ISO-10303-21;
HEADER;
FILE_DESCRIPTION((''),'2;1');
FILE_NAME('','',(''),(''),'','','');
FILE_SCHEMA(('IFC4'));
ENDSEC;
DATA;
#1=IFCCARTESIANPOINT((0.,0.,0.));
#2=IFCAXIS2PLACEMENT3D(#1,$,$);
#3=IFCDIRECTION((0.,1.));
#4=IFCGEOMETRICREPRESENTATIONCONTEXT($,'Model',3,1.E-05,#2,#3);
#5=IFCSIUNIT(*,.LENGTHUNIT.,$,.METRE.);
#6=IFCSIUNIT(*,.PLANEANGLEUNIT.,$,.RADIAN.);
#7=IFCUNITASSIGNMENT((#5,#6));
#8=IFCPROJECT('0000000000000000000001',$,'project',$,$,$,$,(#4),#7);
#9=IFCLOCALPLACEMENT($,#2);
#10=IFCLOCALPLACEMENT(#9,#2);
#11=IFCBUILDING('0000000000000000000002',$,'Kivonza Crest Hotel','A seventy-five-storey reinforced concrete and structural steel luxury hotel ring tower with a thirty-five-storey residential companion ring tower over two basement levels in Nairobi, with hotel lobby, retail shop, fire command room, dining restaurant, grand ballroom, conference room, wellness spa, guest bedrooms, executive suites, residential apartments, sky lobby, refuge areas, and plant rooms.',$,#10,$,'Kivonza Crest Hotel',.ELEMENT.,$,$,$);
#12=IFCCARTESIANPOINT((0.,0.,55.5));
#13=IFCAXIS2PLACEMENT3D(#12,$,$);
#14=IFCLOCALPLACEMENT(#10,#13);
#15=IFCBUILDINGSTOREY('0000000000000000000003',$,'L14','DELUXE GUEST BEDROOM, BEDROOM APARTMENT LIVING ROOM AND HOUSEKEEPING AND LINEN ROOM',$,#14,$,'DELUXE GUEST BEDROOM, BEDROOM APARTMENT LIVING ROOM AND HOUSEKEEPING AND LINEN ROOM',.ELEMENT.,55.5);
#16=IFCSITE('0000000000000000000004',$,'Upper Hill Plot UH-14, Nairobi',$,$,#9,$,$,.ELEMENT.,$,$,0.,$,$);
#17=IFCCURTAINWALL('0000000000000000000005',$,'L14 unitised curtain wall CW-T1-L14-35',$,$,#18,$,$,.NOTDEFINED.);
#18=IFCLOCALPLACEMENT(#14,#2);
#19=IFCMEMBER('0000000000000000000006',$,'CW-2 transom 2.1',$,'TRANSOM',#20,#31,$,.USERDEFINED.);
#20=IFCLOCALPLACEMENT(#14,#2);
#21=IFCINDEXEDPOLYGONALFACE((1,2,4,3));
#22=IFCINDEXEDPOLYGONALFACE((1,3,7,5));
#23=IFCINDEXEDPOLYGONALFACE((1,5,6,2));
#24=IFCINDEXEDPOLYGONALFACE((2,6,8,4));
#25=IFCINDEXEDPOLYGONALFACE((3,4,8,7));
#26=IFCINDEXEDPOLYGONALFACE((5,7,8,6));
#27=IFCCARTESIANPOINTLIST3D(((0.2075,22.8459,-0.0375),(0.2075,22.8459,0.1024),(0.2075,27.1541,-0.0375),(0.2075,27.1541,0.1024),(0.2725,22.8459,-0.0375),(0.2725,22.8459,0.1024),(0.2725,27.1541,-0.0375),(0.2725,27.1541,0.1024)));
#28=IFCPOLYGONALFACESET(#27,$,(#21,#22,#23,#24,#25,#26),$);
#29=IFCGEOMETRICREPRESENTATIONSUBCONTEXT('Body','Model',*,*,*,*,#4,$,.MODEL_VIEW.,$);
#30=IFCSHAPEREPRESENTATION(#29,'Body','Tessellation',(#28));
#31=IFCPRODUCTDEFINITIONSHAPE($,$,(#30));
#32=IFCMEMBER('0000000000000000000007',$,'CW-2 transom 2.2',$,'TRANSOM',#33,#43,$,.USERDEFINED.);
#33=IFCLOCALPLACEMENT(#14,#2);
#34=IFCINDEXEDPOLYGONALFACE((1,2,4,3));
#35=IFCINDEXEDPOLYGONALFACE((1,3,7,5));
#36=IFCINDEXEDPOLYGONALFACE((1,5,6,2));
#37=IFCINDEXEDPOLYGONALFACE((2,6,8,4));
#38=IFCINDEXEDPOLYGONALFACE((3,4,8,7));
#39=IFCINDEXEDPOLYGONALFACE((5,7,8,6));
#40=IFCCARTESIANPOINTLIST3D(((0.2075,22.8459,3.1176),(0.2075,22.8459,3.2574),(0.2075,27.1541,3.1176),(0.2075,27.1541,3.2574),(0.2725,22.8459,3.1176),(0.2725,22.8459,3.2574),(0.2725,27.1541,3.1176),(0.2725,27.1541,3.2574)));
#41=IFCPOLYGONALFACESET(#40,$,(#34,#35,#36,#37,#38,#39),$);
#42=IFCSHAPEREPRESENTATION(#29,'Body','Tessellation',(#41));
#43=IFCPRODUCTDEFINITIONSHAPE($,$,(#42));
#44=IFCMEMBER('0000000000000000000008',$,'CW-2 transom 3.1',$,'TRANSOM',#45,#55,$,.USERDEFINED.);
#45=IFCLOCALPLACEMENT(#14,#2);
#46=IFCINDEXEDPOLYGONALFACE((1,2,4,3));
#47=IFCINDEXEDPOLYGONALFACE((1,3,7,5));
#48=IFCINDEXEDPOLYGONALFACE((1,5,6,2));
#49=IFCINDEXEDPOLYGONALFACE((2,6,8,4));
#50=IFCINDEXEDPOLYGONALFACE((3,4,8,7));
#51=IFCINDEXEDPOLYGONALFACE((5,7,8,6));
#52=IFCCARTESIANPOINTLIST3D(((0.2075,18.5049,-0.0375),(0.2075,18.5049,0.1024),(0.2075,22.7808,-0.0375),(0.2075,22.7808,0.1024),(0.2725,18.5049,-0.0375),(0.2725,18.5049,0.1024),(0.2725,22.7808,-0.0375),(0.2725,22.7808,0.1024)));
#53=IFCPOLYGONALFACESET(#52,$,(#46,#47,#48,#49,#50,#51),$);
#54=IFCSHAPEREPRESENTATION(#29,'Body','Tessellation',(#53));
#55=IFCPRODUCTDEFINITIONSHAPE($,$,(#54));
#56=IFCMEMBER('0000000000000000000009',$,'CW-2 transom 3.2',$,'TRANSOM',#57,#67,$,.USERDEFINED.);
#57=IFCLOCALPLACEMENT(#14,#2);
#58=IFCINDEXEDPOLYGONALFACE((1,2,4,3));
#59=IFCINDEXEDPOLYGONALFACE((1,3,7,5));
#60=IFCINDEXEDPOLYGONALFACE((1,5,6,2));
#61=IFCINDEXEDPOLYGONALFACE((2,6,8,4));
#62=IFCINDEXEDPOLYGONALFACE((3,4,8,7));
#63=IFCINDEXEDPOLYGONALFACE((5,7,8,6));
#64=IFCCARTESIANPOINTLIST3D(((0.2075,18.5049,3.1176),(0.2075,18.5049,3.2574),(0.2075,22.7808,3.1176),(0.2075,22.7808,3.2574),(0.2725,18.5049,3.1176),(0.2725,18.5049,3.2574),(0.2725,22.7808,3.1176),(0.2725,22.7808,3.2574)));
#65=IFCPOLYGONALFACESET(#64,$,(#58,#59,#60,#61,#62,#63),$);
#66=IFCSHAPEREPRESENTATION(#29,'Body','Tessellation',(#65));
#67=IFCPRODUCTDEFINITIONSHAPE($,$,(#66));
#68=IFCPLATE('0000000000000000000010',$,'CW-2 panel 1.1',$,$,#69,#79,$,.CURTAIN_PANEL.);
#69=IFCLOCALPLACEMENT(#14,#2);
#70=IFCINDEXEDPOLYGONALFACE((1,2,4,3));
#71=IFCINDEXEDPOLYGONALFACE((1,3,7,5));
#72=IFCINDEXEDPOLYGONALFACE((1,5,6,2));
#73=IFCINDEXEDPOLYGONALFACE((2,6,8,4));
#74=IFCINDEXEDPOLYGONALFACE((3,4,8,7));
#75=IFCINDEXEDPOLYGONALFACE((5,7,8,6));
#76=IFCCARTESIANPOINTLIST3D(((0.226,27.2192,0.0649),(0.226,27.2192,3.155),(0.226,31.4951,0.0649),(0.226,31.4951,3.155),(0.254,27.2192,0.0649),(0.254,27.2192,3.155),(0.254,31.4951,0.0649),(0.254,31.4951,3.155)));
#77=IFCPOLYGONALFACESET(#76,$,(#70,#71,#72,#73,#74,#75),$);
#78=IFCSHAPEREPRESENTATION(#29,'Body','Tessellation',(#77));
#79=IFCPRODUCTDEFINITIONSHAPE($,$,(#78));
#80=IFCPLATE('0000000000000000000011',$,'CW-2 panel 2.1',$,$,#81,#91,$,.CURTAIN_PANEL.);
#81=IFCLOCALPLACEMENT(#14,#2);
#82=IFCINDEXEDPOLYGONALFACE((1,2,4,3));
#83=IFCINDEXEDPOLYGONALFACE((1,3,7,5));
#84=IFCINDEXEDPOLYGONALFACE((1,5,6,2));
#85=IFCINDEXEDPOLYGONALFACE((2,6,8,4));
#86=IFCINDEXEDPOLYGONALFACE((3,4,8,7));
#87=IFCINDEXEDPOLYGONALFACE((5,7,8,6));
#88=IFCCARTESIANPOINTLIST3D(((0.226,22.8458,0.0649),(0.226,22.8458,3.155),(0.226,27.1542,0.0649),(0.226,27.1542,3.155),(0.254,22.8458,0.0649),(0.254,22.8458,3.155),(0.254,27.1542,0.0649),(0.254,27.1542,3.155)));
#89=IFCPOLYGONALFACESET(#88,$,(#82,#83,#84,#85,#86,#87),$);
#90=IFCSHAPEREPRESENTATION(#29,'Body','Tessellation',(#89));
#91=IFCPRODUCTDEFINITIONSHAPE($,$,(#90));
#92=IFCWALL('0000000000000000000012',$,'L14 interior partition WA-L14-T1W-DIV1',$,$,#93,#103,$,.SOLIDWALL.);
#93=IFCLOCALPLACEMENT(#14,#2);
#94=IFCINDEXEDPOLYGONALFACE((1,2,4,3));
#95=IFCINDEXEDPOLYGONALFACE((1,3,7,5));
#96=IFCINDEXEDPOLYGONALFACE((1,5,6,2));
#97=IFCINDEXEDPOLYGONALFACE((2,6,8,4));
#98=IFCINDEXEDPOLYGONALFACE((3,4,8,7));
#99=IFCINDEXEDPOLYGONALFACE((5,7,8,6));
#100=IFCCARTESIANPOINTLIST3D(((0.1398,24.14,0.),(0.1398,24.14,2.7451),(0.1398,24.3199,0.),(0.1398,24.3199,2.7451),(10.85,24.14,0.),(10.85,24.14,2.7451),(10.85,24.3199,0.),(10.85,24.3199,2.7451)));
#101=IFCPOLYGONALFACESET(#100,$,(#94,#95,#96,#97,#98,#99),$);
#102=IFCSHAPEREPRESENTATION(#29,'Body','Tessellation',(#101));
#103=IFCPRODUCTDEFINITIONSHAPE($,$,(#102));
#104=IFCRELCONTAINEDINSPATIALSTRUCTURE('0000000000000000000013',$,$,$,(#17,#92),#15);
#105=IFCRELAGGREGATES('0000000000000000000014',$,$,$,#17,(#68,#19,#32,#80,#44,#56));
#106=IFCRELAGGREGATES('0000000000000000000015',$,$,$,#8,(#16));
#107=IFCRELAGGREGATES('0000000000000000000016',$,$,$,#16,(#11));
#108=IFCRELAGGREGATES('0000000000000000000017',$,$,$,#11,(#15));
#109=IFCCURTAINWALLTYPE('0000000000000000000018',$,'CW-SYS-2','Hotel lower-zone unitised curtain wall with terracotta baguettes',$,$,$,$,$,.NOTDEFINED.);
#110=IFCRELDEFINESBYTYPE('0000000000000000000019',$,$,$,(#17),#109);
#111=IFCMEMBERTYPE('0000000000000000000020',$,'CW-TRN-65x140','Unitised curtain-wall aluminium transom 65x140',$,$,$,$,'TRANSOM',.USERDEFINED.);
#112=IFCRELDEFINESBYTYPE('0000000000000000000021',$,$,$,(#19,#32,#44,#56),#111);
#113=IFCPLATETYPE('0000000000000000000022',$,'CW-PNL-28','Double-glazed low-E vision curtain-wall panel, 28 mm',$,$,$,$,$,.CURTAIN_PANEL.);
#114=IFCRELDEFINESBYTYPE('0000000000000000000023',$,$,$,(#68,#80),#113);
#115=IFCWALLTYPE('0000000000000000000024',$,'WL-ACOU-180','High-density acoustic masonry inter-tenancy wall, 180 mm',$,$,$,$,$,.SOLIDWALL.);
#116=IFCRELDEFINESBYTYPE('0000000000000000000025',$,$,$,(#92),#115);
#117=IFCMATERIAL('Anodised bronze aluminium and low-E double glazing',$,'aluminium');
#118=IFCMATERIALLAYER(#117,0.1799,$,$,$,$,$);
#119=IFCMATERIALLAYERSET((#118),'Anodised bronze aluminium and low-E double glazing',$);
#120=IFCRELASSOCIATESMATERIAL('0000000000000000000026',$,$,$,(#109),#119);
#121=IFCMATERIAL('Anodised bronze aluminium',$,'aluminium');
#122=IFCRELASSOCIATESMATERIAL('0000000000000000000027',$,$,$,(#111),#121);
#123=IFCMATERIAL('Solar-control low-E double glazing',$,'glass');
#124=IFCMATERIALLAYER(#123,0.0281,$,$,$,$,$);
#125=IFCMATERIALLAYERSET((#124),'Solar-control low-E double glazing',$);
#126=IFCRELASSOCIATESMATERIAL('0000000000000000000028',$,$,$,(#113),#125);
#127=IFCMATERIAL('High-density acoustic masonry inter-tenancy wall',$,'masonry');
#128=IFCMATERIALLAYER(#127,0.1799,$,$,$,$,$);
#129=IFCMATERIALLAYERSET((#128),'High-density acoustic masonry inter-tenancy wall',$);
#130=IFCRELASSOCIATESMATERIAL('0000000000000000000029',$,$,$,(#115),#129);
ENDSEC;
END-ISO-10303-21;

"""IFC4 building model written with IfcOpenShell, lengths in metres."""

from ifc_helpers import new_model, si_unit, direction, frame, frame_2d, origin, origin_2d, place, context, subcontext, project, spatial, rectangle, extrude, material, layer, layer_set, material_profile, profile_set, type_object, element, aggregate, save


model = new_model("IFC4")

# Units and contexts
model_context = context("Model", 3, precision=1e-05, world=origin(), true_north=direction((0.0, 1.0)))
body_context = subcontext(model_context, "Body", "Model", "MODEL_VIEW")
ifc_project = project(units=[si_unit("LENGTHUNIT", "METRE"), si_unit("PLANEANGLEUNIT", "RADIAN")], contexts=[model_context])

# Site, building, storey
site_placement = place(None, origin())
site = spatial("IfcSite", under=ifc_project, at=site_placement, Name="Upper Hill Plot UH-14, Nairobi", CompositionType="ELEMENT", RefElevation=0.0)
building_placement = place(site_placement, origin())
building = spatial("IfcBuilding", under=site, at=building_placement, Name="Kivonza Crest Hotel", Description="A seventy-five-storey reinforced concrete and structural steel luxury hotel ring tower with a thirty-five-storey residential companion ring tower over two basement levels in Nairobi, with hotel lobby, retail shop, fire command room, dining restaurant, grand ballroom, conference room, wellness spa, guest bedrooms, executive suites, residential apartments, sky lobby, refuge areas, and plant rooms.", LongName="Kivonza Crest Hotel", CompositionType="ELEMENT")
storey_placement = place(building_placement, frame((0.0, 0.0, 55.5)))
storey = spatial("IfcBuildingStorey", under=building, at=storey_placement, Name="L14", Description="DELUXE GUEST BEDROOM, BEDROOM APARTMENT LIVING ROOM AND HOUSEKEEPING AND LINEN ROOM", LongName="DELUXE GUEST BEDROOM, BEDROOM APARTMENT LIVING ROOM AND HOUSEKEEPING AND LINEN ROOM", CompositionType="ELEMENT", Elevation=55.5)

# Curtain wall, members, plates
ifc_material_1 = material(Name="Anodised bronze aluminium and low-E double glazing", Category="aluminium")
ifc_layer_1 = layer(ifc_material_1, 0.1799)
ifc_layer_set_1 = layer_set([ifc_layer_1], Name="Anodised bronze aluminium and low-E double glazing")
curtain_wall_type = type_object("IfcCurtainWallType", Name="CW-SYS-2", Description="Hotel lower-zone unitised curtain wall with terracotta baguettes", PredefinedType="NOTDEFINED", material=ifc_layer_set_1)
curtain_wall_placement = place(storey_placement, origin())
curtain_wall = element("IfcCurtainWall", 1, at=curtain_wall_placement, inside=storey, type_object=curtain_wall_type, Name="L14 unitised curtain wall CW-T1-L14-35", PredefinedType="NOTDEFINED")
ifc_material_2 = material(Name="Anodised bronze aluminium", Category="aluminium")
ifc_material_profile_1 = material_profile(ifc_material_2, rectangle(XDim=0.0649, YDim=0.1399, at=origin_2d()), Name="CW-T 65x140")
ifc_profile_set_1 = profile_set([ifc_material_profile_1], Name="Anodised bronze aluminium")
member_type_1 = type_object("IfcMemberType", Name="CW-TRN-65x140", Description="Unitised curtain-wall aluminium transom 65x140", ElementType="TRANSOM", PredefinedType="USERDEFINED", material=ifc_profile_set_1)
member_1_placement = place(storey_placement, frame((0.24, 27.1541, 0.0325), z_axis=(0.0, -1.0, 0.0), x_axis=(1.0, 0.0, 0.0)))
member_1 = element("IfcMember", 2, at=member_1_placement, type_object=member_type_1, Name="CW-2 transom 2.1", ObjectType="TRANSOM", PredefinedType="USERDEFINED", context=body_context, shape_type="SweptSolid", body=[
    extrude(rectangle(XDim=0.0649, YDim=0.1399, at=origin_2d()), origin(), (0.0, 0.0, 1.0), 4.3081),
])
member_2_placement = place(storey_placement, frame((0.24, 27.1541, 3.1875), z_axis=(0.0, -1.0, 0.0), x_axis=(1.0, 0.0, 0.0)))
member_2 = element("IfcMember", 3, at=member_2_placement, type_object=member_type_1, Name="CW-2 transom 2.2", ObjectType="TRANSOM", PredefinedType="USERDEFINED", context=body_context, shape_type="SweptSolid", body=[
    extrude(rectangle(XDim=0.0649, YDim=0.1399, at=origin_2d()), origin(), (0.0, 0.0, 1.0), 4.3081),
])
member_3_placement = place(storey_placement, frame((0.24, 22.7808, 0.0325), z_axis=(0.0, -1.0, 0.0), x_axis=(1.0, 0.0, 0.0)))
member_3 = element("IfcMember", 4, at=member_3_placement, type_object=member_type_1, Name="CW-2 transom 3.1", ObjectType="TRANSOM", PredefinedType="USERDEFINED", context=body_context, shape_type="SweptSolid", body=[
    extrude(rectangle(XDim=0.0649, YDim=0.1399, at=origin_2d()), origin(), (0.0, 0.0, 1.0), 4.2759),
])
member_4_placement = place(storey_placement, frame((0.24, 22.7808, 3.1875), z_axis=(0.0, -1.0, 0.0), x_axis=(1.0, 0.0, 0.0)))
member_4 = element("IfcMember", 5, at=member_4_placement, type_object=member_type_1, Name="CW-2 transom 3.2", ObjectType="TRANSOM", PredefinedType="USERDEFINED", context=body_context, shape_type="SweptSolid", body=[
    extrude(rectangle(XDim=0.0649, YDim=0.1399, at=origin_2d()), origin(), (0.0, 0.0, 1.0), 4.2759),
])
ifc_material_3 = material(Name="Solar-control low-E double glazing", Category="glass")
ifc_layer_2 = layer(ifc_material_3, 0.0281)
ifc_layer_set_2 = layer_set([ifc_layer_2], Name="Solar-control low-E double glazing")
plate_type = type_object("IfcPlateType", Name="CW-PNL-28", Description="Double-glazed low-E vision curtain-wall panel, 28 mm", PredefinedType="CURTAIN_PANEL", material=ifc_layer_set_2)
plate_1_placement = place(storey_placement, frame((0.24, 29.3572, 0.0649), z_axis=(0.0, 0.0, 1.0), x_axis=(0.0, -1.0, 0.0)))
plate_1 = element("IfcPlate", 6, at=plate_1_placement, type_object=plate_type, Name="CW-2 panel 1.1", PredefinedType="CURTAIN_PANEL", context=body_context, shape_type="SweptSolid", body=[
    extrude(rectangle(XDim=4.2759, YDim=0.0281, at=origin_2d()), origin(), (0.0, 0.0, 1.0), 3.0901),
])
plate_2_placement = place(storey_placement, frame((0.24, 25.0, 0.0649), z_axis=(0.0, 0.0, 1.0), x_axis=(0.0, -1.0, 0.0)))
plate_2 = element("IfcPlate", 7, at=plate_2_placement, type_object=plate_type, Name="CW-2 panel 2.1", PredefinedType="CURTAIN_PANEL", context=body_context, shape_type="SweptSolid", body=[
    extrude(rectangle(XDim=4.3083, YDim=0.0281, at=origin_2d()), origin(), (0.0, 0.0, 1.0), 3.0901),
])
aggregate(curtain_wall, [plate_1, member_1, member_2, plate_2, member_3, member_4])

# Wall
ifc_material_4 = material(Name="High-density acoustic masonry inter-tenancy wall", Category="masonry")
ifc_layer_3 = layer(ifc_material_4, 0.1799)
ifc_layer_set_3 = layer_set([ifc_layer_3], Name="High-density acoustic masonry inter-tenancy wall")
wall_type = type_object("IfcWallType", Name="WL-ACOU-180", Description="High-density acoustic masonry inter-tenancy wall, 180 mm", PredefinedType="SOLIDWALL", material=ifc_layer_set_3)
wall_placement = place(storey_placement, frame((0.1399, 24.23, 0.0), z_axis=(0.0, 0.0, 1.0), x_axis=(1.0, 0.0, 0.0)))
element("IfcWall", 8, at=wall_placement, inside=storey, type_object=wall_type, Name="L14 interior partition WA-L14-T1W-DIV1", PredefinedType="SOLIDWALL", context=body_context, shape_type="SweptSolid", body=[
    extrude(rectangle(XDim=10.7102, YDim=0.1799, at=frame_2d((5.355, 0.0))), origin(), (0.0, 0.0, 1.0), 2.7451),
])

save(model, "model.ifc")
